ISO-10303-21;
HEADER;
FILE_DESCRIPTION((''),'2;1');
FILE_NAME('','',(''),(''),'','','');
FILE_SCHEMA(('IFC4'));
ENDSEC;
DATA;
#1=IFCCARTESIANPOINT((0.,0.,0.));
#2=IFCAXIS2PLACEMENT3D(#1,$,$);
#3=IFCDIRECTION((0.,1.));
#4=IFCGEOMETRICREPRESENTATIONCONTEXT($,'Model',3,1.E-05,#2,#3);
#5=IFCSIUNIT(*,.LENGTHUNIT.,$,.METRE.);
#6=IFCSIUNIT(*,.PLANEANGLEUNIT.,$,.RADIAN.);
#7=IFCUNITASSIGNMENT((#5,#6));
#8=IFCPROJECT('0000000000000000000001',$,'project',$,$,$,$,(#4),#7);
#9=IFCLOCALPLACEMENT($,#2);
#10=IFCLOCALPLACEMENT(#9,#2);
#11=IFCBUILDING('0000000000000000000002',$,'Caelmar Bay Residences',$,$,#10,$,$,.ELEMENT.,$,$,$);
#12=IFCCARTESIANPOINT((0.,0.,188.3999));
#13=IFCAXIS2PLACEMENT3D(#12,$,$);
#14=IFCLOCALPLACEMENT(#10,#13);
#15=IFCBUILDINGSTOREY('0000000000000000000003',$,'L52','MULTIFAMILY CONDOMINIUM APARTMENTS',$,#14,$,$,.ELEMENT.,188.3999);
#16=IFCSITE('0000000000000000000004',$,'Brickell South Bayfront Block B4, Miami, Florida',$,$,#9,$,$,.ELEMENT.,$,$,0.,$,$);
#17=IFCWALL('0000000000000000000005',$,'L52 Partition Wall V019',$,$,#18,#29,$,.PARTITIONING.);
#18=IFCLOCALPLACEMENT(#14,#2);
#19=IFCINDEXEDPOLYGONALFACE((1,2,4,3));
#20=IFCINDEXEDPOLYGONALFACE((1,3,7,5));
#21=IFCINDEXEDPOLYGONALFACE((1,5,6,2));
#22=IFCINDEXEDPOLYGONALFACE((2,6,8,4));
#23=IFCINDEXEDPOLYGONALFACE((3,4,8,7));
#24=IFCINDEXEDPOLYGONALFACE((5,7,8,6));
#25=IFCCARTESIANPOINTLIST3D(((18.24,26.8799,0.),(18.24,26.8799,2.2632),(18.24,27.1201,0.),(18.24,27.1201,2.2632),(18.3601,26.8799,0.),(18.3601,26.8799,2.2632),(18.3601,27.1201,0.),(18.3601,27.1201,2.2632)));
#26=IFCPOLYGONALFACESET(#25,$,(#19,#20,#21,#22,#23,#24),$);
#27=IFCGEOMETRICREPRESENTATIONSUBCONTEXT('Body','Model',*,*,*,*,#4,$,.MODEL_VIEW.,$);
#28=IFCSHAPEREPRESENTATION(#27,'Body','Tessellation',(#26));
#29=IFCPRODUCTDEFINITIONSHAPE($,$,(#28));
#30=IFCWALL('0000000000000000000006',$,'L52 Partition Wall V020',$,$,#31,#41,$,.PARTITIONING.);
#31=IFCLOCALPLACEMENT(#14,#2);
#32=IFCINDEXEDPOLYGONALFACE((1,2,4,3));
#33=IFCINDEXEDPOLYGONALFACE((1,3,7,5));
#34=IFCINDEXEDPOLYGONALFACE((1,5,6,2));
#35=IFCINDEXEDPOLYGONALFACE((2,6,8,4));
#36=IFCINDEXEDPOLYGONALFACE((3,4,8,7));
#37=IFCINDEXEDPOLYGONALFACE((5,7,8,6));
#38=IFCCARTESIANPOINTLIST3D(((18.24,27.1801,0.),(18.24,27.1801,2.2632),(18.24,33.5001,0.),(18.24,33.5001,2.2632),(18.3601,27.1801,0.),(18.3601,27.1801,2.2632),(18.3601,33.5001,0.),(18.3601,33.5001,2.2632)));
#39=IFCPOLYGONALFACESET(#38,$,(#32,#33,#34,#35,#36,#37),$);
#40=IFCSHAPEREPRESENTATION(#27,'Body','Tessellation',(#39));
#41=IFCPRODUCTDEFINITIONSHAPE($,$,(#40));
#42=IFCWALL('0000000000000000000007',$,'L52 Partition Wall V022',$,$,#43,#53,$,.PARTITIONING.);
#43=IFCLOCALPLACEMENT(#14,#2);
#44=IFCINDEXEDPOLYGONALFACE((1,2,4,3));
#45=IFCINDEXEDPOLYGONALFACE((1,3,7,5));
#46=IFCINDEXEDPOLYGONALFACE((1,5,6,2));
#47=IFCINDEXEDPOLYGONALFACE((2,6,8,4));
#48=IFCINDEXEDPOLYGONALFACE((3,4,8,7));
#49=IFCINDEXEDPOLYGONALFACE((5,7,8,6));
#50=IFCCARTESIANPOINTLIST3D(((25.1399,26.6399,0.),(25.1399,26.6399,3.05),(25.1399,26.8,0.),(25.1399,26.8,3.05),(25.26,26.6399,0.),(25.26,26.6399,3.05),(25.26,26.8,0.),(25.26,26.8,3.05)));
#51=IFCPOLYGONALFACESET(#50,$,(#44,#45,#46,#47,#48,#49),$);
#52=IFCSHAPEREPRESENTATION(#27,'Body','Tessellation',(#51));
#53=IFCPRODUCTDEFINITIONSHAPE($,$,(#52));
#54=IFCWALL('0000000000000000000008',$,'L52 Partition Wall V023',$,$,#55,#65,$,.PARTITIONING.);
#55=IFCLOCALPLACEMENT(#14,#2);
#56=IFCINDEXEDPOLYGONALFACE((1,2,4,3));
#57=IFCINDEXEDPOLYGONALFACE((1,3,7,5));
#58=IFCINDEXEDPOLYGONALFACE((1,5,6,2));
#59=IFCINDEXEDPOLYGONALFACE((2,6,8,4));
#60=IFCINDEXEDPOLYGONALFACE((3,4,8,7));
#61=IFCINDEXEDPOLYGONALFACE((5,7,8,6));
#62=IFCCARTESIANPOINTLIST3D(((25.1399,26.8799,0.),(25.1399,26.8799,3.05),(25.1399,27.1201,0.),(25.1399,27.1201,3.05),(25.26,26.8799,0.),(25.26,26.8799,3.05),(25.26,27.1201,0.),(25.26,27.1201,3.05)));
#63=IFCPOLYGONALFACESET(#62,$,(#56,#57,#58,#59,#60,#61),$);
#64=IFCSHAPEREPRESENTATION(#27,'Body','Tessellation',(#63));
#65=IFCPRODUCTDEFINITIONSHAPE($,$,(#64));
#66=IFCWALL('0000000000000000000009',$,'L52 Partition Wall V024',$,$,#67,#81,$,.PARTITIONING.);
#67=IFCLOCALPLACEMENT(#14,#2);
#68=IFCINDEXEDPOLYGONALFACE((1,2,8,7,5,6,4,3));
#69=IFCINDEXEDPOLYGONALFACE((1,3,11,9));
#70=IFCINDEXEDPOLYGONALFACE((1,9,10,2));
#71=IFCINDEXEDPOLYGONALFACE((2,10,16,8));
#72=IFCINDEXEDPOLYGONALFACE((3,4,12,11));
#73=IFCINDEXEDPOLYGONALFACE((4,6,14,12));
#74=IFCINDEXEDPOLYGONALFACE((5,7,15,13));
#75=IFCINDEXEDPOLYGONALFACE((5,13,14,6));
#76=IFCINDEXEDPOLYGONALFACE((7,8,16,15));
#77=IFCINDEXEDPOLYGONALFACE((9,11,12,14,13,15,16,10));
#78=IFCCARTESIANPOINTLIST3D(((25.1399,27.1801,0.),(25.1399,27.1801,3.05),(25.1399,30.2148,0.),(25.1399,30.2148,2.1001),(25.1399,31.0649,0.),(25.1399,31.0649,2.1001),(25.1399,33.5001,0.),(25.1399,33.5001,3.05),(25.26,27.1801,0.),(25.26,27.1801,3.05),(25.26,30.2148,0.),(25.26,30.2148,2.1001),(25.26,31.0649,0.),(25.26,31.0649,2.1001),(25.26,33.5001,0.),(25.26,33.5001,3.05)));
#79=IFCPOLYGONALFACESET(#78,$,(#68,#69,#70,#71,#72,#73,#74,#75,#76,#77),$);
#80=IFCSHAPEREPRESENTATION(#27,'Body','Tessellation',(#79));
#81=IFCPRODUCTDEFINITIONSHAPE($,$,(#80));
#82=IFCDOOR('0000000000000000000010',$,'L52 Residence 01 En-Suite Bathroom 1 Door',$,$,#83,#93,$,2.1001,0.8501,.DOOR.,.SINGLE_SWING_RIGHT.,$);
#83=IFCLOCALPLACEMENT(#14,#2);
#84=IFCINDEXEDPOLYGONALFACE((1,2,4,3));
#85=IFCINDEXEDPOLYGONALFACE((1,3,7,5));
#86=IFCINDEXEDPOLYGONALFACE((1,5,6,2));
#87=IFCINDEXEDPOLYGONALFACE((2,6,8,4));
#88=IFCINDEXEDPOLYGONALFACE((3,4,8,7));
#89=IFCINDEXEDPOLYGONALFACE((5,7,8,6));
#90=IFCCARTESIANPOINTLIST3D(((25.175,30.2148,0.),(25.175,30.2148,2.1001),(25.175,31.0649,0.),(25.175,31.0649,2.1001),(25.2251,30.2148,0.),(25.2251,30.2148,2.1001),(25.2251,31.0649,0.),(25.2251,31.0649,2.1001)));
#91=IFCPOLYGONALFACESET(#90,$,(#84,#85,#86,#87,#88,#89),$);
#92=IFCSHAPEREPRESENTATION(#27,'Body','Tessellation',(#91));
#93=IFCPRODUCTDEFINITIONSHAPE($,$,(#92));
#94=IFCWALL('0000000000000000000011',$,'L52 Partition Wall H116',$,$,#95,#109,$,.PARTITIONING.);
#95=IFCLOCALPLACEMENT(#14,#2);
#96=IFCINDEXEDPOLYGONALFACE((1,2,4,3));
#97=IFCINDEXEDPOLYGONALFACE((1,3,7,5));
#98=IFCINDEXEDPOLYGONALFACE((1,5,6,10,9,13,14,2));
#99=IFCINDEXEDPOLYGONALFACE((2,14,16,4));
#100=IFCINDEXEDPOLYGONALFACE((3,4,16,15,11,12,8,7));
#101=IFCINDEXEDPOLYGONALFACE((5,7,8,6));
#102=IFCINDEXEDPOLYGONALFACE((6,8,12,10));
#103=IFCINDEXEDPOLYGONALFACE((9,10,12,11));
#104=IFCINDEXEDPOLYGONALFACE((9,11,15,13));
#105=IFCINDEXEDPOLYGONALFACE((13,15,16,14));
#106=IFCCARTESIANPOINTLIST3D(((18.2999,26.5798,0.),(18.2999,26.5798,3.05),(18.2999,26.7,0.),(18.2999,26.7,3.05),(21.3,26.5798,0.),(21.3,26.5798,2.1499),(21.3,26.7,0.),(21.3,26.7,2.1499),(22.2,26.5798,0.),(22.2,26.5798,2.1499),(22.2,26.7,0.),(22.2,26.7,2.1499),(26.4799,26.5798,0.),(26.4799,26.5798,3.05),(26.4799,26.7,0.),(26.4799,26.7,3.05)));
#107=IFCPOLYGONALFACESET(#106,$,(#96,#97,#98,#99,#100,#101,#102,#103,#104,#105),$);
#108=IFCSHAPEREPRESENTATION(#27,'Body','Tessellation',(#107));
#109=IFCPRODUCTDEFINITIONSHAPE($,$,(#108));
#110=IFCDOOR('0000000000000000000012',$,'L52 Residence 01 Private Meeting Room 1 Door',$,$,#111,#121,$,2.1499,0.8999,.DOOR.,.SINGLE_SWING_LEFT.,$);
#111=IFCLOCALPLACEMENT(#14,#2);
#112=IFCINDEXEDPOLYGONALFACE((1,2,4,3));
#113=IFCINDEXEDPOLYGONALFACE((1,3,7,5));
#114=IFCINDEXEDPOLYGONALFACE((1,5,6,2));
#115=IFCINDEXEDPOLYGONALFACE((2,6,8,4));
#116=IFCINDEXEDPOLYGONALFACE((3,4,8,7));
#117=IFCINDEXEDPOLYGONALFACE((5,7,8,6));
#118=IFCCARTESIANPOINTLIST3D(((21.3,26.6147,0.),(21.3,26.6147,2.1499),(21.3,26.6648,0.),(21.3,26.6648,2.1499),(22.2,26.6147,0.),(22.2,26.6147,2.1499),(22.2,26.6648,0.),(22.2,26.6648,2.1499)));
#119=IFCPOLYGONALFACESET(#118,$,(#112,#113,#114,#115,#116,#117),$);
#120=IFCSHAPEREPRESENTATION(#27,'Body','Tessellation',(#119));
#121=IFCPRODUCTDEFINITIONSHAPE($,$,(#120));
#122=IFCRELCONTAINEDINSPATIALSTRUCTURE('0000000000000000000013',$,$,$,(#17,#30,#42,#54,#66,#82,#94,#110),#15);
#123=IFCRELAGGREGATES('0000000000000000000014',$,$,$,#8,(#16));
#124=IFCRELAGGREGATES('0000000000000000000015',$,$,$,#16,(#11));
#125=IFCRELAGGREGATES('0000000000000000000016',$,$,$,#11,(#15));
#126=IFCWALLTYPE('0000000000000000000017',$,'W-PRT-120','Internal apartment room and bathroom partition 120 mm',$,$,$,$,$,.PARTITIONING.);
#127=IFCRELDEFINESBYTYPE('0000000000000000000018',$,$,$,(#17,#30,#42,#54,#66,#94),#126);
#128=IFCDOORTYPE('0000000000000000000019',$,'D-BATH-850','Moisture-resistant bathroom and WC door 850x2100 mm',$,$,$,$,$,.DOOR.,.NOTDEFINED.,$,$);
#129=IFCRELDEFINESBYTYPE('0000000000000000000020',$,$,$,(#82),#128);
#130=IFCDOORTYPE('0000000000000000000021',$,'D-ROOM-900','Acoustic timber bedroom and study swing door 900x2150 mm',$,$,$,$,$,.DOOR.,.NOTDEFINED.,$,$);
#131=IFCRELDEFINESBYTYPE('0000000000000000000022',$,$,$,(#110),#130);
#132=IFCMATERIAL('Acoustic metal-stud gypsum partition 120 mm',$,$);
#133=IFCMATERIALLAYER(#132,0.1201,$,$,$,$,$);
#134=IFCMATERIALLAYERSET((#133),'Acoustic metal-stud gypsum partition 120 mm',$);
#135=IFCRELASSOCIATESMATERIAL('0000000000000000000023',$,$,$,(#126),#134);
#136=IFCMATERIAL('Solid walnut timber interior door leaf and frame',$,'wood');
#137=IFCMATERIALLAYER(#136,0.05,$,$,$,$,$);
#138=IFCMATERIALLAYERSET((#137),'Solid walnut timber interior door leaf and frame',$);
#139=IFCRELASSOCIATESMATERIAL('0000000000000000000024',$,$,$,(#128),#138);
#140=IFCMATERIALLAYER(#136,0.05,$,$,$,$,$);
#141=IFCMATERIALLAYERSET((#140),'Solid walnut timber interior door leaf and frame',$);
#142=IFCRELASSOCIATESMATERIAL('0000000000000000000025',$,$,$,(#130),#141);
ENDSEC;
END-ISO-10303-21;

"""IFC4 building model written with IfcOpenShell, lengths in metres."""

from ifc_helpers import new_model, si_unit, direction, frame, frame_2d, origin, place, context, subcontext, project, spatial, rectangle, extrude, material, layer, layer_set, type_object, element, fill, save


model = new_model("IFC4")

# Units and contexts
model_context = context("Model", 3, precision=1e-05, world=origin(), true_north=direction((0.0, 1.0)))
body_context = subcontext(model_context, "Body", "Model", "MODEL_VIEW")
ifc_project = project(units=[si_unit("LENGTHUNIT", "METRE"), si_unit("PLANEANGLEUNIT", "RADIAN")], contexts=[model_context])

# Site, building, storey
site_placement = place(None, origin())
site = spatial("IfcSite", under=ifc_project, at=site_placement, Name="Brickell South Bayfront Block B4, Miami, Florida", CompositionType="ELEMENT", RefElevation=0.0)
building_placement = place(site_placement, origin())
building = spatial("IfcBuilding", under=site, at=building_placement, Name="Caelmar Bay Residences", CompositionType="ELEMENT")
storey_placement = place(building_placement, frame((0.0, 0.0, 188.3999)))
storey = spatial("IfcBuildingStorey", under=building, at=storey_placement, Name="L52", Description="MULTIFAMILY CONDOMINIUM APARTMENTS", CompositionType="ELEMENT", Elevation=188.3999)

# Walls
ifc_material_1 = material(Name="Acoustic metal-stud gypsum partition 120 mm")
ifc_layer_1 = layer(ifc_material_1, 0.1201)
ifc_layer_set_1 = layer_set([ifc_layer_1], Name="Acoustic metal-stud gypsum partition 120 mm")
wall_type_1 = type_object("IfcWallType", Name="W-PRT-120", Description="Internal apartment room and bathroom partition 120 mm", PredefinedType="PARTITIONING", material=ifc_layer_set_1)
wall_1_placement = place(storey_placement, frame((18.3, 26.8799, 0.0), z_axis=(0.0, 0.0, 1.0), x_axis=(0.0, 1.0, 0.0)))
element("IfcWall", 1, at=wall_1_placement, inside=storey, type_object=wall_type_1, Name="L52 Partition Wall V019", PredefinedType="PARTITIONING", context=body_context, shape_type="SweptSolid", body=[
    extrude(rectangle(XDim=0.2402, YDim=0.1201, at=frame_2d((0.1201, 0.0))), origin(), (0.0, 0.0, 1.0), 2.2632),
])
wall_2_placement = place(storey_placement, frame((18.3, 27.1799, 0.0), z_axis=(0.0, 0.0, 1.0), x_axis=(0.0, 1.0, 0.0)))
element("IfcWall", 2, at=wall_2_placement, inside=storey, type_object=wall_type_1, Name="L52 Partition Wall V020", PredefinedType="PARTITIONING", context=body_context, shape_type="SweptSolid", body=[
    extrude(rectangle(XDim=6.3201, YDim=0.1201, at=frame_2d((3.1602, 0.0))), origin(), (0.0, 0.0, 1.0), 2.2632),
])
wall_3_placement = place(storey_placement, frame((25.2, 26.6399, 0.0), z_axis=(0.0, 0.0, 1.0), x_axis=(0.0, 1.0, 0.0)))
element("IfcWall", 3, at=wall_3_placement, inside=storey, type_object=wall_type_1, Name="L52 Partition Wall V022", PredefinedType="PARTITIONING", context=body_context, shape_type="SweptSolid", body=[
    extrude(rectangle(XDim=0.1602, YDim=0.1201, at=frame_2d((0.0801, 0.0))), origin(), (0.0, 0.0, 1.0), 3.05),
])
wall_4_placement = place(storey_placement, frame((25.2, 26.8799, 0.0), z_axis=(0.0, 0.0, 1.0), x_axis=(0.0, 1.0, 0.0)))
element("IfcWall", 4, at=wall_4_placement, inside=storey, type_object=wall_type_1, Name="L52 Partition Wall V023", PredefinedType="PARTITIONING", context=body_context, shape_type="SweptSolid", body=[
    extrude(rectangle(XDim=0.2402, YDim=0.1201, at=frame_2d((0.1201, 0.0))), origin(), (0.0, 0.0, 1.0), 3.05),
])

# Walls, openings, doors
wall_5_placement = place(storey_placement, frame((25.2, 27.1799, 0.0), z_axis=(0.0, 0.0, 1.0), x_axis=(0.0, 1.0, 0.0)))
wall_5 = element("IfcWall", 5, at=wall_5_placement, inside=storey, type_object=wall_type_1, Name="L52 Partition Wall V024", PredefinedType="PARTITIONING", context=body_context, shape_type="SweptSolid", body=[
    extrude(rectangle(XDim=6.3201, YDim=0.1201, at=frame_2d((3.1602, 0.0))), origin(), (0.0, 0.0, 1.0), 3.05),
])
opening_1_placement = place(wall_5_placement, frame((3.0349, 0.0, 0.0)))
opening_1 = element("IfcOpeningElement", 6, at=opening_1_placement, cuts=wall_5, PredefinedType="OPENING", context=body_context, shape_type="SweptSolid", body=[
    extrude(rectangle(XDim=0.8501, YDim=2.1001, at=frame_2d((0.425, 1.05))), frame((0.0, 0.0701, 0.0), z_axis=(0.0, -1.0, 0.0), x_axis=(1.0, 0.0, 0.0)), (0.0, 0.0, 1.0), 0.1401),
])
ifc_material_2 = material(Name="Solid walnut timber interior door leaf and frame", Category="wood")
ifc_layer_2 = layer(ifc_material_2, 0.05)
ifc_layer_set_2 = layer_set([ifc_layer_2], Name="Solid walnut timber interior door leaf and frame")
door_type_1 = type_object("IfcDoorType", Name="D-BATH-850", Description="Moisture-resistant bathroom and WC door 850x2100 mm", OperationType="NOTDEFINED", PredefinedType="DOOR", material=ifc_layer_set_2)
door_1_placement = place(opening_1_placement, origin())
door_1 = element("IfcDoor", 7, at=door_1_placement, inside=storey, type_object=door_type_1, Name="L52 Residence 01 En-Suite Bathroom 1 Door", OperationType="SINGLE_SWING_RIGHT", OverallHeight=2.1001, OverallWidth=0.8501, PredefinedType="DOOR", context=body_context, shape_type="SweptSolid", body=[
    extrude(rectangle(XDim=0.8501, YDim=2.1001, at=frame_2d((0.425, 1.05))), frame((0.0, 0.0249, 0.0), z_axis=(0.0, -1.0, 0.0), x_axis=(1.0, 0.0, 0.0)), (0.0, 0.0, 1.0), 0.05),
])
fill(opening_1, door_1)
wall_6_placement = place(storey_placement, frame((18.3, 26.6399, 0.0), z_axis=(0.0, 0.0, 1.0), x_axis=(1.0, 0.0, 0.0)))
wall_6 = element("IfcWall", 8, at=wall_6_placement, inside=storey, type_object=wall_type_1, Name="L52 Partition Wall H116", PredefinedType="PARTITIONING", context=body_context, shape_type="SweptSolid", body=[
    extrude(rectangle(XDim=8.1799, YDim=0.1201, at=frame_2d((4.0898, 0.0))), origin(), (0.0, 0.0, 1.0), 3.05),
])
opening_2_placement = place(wall_6_placement, frame((3.0, 0.0, 0.0)))
opening_2 = element("IfcOpeningElement", 9, at=opening_2_placement, cuts=wall_6, PredefinedType="OPENING", context=body_context, shape_type="SweptSolid", body=[
    extrude(rectangle(XDim=0.8999, YDim=2.1499, at=frame_2d((0.45, 1.075))), frame((0.0, 0.0701, 0.0), z_axis=(0.0, -1.0, 0.0), x_axis=(1.0, 0.0, 0.0)), (0.0, 0.0, 1.0), 0.1401),
])
ifc_layer_3 = layer(ifc_material_2, 0.05)
ifc_layer_set_3 = layer_set([ifc_layer_3], Name="Solid walnut timber interior door leaf and frame")
door_type_2 = type_object("IfcDoorType", Name="D-ROOM-900", Description="Acoustic timber bedroom and study swing door 900x2150 mm", OperationType="NOTDEFINED", PredefinedType="DOOR", material=ifc_layer_set_3)
door_2_placement = place(opening_2_placement, origin())
door_2 = element("IfcDoor", 10, at=door_2_placement, inside=storey, type_object=door_type_2, Name="L52 Residence 01 Private Meeting Room 1 Door", OperationType="SINGLE_SWING_LEFT", OverallHeight=2.1499, OverallWidth=0.8999, PredefinedType="DOOR", context=body_context, shape_type="SweptSolid", body=[
    extrude(rectangle(XDim=0.8999, YDim=2.1499, at=frame_2d((0.45, 1.075))), frame((0.0, 0.0249, 0.0), z_axis=(0.0, -1.0, 0.0), x_axis=(1.0, 0.0, 0.0)), (0.0, 0.0, 1.0), 0.05),
])
fill(opening_2, door_2)

save(model, "model.ifc")
